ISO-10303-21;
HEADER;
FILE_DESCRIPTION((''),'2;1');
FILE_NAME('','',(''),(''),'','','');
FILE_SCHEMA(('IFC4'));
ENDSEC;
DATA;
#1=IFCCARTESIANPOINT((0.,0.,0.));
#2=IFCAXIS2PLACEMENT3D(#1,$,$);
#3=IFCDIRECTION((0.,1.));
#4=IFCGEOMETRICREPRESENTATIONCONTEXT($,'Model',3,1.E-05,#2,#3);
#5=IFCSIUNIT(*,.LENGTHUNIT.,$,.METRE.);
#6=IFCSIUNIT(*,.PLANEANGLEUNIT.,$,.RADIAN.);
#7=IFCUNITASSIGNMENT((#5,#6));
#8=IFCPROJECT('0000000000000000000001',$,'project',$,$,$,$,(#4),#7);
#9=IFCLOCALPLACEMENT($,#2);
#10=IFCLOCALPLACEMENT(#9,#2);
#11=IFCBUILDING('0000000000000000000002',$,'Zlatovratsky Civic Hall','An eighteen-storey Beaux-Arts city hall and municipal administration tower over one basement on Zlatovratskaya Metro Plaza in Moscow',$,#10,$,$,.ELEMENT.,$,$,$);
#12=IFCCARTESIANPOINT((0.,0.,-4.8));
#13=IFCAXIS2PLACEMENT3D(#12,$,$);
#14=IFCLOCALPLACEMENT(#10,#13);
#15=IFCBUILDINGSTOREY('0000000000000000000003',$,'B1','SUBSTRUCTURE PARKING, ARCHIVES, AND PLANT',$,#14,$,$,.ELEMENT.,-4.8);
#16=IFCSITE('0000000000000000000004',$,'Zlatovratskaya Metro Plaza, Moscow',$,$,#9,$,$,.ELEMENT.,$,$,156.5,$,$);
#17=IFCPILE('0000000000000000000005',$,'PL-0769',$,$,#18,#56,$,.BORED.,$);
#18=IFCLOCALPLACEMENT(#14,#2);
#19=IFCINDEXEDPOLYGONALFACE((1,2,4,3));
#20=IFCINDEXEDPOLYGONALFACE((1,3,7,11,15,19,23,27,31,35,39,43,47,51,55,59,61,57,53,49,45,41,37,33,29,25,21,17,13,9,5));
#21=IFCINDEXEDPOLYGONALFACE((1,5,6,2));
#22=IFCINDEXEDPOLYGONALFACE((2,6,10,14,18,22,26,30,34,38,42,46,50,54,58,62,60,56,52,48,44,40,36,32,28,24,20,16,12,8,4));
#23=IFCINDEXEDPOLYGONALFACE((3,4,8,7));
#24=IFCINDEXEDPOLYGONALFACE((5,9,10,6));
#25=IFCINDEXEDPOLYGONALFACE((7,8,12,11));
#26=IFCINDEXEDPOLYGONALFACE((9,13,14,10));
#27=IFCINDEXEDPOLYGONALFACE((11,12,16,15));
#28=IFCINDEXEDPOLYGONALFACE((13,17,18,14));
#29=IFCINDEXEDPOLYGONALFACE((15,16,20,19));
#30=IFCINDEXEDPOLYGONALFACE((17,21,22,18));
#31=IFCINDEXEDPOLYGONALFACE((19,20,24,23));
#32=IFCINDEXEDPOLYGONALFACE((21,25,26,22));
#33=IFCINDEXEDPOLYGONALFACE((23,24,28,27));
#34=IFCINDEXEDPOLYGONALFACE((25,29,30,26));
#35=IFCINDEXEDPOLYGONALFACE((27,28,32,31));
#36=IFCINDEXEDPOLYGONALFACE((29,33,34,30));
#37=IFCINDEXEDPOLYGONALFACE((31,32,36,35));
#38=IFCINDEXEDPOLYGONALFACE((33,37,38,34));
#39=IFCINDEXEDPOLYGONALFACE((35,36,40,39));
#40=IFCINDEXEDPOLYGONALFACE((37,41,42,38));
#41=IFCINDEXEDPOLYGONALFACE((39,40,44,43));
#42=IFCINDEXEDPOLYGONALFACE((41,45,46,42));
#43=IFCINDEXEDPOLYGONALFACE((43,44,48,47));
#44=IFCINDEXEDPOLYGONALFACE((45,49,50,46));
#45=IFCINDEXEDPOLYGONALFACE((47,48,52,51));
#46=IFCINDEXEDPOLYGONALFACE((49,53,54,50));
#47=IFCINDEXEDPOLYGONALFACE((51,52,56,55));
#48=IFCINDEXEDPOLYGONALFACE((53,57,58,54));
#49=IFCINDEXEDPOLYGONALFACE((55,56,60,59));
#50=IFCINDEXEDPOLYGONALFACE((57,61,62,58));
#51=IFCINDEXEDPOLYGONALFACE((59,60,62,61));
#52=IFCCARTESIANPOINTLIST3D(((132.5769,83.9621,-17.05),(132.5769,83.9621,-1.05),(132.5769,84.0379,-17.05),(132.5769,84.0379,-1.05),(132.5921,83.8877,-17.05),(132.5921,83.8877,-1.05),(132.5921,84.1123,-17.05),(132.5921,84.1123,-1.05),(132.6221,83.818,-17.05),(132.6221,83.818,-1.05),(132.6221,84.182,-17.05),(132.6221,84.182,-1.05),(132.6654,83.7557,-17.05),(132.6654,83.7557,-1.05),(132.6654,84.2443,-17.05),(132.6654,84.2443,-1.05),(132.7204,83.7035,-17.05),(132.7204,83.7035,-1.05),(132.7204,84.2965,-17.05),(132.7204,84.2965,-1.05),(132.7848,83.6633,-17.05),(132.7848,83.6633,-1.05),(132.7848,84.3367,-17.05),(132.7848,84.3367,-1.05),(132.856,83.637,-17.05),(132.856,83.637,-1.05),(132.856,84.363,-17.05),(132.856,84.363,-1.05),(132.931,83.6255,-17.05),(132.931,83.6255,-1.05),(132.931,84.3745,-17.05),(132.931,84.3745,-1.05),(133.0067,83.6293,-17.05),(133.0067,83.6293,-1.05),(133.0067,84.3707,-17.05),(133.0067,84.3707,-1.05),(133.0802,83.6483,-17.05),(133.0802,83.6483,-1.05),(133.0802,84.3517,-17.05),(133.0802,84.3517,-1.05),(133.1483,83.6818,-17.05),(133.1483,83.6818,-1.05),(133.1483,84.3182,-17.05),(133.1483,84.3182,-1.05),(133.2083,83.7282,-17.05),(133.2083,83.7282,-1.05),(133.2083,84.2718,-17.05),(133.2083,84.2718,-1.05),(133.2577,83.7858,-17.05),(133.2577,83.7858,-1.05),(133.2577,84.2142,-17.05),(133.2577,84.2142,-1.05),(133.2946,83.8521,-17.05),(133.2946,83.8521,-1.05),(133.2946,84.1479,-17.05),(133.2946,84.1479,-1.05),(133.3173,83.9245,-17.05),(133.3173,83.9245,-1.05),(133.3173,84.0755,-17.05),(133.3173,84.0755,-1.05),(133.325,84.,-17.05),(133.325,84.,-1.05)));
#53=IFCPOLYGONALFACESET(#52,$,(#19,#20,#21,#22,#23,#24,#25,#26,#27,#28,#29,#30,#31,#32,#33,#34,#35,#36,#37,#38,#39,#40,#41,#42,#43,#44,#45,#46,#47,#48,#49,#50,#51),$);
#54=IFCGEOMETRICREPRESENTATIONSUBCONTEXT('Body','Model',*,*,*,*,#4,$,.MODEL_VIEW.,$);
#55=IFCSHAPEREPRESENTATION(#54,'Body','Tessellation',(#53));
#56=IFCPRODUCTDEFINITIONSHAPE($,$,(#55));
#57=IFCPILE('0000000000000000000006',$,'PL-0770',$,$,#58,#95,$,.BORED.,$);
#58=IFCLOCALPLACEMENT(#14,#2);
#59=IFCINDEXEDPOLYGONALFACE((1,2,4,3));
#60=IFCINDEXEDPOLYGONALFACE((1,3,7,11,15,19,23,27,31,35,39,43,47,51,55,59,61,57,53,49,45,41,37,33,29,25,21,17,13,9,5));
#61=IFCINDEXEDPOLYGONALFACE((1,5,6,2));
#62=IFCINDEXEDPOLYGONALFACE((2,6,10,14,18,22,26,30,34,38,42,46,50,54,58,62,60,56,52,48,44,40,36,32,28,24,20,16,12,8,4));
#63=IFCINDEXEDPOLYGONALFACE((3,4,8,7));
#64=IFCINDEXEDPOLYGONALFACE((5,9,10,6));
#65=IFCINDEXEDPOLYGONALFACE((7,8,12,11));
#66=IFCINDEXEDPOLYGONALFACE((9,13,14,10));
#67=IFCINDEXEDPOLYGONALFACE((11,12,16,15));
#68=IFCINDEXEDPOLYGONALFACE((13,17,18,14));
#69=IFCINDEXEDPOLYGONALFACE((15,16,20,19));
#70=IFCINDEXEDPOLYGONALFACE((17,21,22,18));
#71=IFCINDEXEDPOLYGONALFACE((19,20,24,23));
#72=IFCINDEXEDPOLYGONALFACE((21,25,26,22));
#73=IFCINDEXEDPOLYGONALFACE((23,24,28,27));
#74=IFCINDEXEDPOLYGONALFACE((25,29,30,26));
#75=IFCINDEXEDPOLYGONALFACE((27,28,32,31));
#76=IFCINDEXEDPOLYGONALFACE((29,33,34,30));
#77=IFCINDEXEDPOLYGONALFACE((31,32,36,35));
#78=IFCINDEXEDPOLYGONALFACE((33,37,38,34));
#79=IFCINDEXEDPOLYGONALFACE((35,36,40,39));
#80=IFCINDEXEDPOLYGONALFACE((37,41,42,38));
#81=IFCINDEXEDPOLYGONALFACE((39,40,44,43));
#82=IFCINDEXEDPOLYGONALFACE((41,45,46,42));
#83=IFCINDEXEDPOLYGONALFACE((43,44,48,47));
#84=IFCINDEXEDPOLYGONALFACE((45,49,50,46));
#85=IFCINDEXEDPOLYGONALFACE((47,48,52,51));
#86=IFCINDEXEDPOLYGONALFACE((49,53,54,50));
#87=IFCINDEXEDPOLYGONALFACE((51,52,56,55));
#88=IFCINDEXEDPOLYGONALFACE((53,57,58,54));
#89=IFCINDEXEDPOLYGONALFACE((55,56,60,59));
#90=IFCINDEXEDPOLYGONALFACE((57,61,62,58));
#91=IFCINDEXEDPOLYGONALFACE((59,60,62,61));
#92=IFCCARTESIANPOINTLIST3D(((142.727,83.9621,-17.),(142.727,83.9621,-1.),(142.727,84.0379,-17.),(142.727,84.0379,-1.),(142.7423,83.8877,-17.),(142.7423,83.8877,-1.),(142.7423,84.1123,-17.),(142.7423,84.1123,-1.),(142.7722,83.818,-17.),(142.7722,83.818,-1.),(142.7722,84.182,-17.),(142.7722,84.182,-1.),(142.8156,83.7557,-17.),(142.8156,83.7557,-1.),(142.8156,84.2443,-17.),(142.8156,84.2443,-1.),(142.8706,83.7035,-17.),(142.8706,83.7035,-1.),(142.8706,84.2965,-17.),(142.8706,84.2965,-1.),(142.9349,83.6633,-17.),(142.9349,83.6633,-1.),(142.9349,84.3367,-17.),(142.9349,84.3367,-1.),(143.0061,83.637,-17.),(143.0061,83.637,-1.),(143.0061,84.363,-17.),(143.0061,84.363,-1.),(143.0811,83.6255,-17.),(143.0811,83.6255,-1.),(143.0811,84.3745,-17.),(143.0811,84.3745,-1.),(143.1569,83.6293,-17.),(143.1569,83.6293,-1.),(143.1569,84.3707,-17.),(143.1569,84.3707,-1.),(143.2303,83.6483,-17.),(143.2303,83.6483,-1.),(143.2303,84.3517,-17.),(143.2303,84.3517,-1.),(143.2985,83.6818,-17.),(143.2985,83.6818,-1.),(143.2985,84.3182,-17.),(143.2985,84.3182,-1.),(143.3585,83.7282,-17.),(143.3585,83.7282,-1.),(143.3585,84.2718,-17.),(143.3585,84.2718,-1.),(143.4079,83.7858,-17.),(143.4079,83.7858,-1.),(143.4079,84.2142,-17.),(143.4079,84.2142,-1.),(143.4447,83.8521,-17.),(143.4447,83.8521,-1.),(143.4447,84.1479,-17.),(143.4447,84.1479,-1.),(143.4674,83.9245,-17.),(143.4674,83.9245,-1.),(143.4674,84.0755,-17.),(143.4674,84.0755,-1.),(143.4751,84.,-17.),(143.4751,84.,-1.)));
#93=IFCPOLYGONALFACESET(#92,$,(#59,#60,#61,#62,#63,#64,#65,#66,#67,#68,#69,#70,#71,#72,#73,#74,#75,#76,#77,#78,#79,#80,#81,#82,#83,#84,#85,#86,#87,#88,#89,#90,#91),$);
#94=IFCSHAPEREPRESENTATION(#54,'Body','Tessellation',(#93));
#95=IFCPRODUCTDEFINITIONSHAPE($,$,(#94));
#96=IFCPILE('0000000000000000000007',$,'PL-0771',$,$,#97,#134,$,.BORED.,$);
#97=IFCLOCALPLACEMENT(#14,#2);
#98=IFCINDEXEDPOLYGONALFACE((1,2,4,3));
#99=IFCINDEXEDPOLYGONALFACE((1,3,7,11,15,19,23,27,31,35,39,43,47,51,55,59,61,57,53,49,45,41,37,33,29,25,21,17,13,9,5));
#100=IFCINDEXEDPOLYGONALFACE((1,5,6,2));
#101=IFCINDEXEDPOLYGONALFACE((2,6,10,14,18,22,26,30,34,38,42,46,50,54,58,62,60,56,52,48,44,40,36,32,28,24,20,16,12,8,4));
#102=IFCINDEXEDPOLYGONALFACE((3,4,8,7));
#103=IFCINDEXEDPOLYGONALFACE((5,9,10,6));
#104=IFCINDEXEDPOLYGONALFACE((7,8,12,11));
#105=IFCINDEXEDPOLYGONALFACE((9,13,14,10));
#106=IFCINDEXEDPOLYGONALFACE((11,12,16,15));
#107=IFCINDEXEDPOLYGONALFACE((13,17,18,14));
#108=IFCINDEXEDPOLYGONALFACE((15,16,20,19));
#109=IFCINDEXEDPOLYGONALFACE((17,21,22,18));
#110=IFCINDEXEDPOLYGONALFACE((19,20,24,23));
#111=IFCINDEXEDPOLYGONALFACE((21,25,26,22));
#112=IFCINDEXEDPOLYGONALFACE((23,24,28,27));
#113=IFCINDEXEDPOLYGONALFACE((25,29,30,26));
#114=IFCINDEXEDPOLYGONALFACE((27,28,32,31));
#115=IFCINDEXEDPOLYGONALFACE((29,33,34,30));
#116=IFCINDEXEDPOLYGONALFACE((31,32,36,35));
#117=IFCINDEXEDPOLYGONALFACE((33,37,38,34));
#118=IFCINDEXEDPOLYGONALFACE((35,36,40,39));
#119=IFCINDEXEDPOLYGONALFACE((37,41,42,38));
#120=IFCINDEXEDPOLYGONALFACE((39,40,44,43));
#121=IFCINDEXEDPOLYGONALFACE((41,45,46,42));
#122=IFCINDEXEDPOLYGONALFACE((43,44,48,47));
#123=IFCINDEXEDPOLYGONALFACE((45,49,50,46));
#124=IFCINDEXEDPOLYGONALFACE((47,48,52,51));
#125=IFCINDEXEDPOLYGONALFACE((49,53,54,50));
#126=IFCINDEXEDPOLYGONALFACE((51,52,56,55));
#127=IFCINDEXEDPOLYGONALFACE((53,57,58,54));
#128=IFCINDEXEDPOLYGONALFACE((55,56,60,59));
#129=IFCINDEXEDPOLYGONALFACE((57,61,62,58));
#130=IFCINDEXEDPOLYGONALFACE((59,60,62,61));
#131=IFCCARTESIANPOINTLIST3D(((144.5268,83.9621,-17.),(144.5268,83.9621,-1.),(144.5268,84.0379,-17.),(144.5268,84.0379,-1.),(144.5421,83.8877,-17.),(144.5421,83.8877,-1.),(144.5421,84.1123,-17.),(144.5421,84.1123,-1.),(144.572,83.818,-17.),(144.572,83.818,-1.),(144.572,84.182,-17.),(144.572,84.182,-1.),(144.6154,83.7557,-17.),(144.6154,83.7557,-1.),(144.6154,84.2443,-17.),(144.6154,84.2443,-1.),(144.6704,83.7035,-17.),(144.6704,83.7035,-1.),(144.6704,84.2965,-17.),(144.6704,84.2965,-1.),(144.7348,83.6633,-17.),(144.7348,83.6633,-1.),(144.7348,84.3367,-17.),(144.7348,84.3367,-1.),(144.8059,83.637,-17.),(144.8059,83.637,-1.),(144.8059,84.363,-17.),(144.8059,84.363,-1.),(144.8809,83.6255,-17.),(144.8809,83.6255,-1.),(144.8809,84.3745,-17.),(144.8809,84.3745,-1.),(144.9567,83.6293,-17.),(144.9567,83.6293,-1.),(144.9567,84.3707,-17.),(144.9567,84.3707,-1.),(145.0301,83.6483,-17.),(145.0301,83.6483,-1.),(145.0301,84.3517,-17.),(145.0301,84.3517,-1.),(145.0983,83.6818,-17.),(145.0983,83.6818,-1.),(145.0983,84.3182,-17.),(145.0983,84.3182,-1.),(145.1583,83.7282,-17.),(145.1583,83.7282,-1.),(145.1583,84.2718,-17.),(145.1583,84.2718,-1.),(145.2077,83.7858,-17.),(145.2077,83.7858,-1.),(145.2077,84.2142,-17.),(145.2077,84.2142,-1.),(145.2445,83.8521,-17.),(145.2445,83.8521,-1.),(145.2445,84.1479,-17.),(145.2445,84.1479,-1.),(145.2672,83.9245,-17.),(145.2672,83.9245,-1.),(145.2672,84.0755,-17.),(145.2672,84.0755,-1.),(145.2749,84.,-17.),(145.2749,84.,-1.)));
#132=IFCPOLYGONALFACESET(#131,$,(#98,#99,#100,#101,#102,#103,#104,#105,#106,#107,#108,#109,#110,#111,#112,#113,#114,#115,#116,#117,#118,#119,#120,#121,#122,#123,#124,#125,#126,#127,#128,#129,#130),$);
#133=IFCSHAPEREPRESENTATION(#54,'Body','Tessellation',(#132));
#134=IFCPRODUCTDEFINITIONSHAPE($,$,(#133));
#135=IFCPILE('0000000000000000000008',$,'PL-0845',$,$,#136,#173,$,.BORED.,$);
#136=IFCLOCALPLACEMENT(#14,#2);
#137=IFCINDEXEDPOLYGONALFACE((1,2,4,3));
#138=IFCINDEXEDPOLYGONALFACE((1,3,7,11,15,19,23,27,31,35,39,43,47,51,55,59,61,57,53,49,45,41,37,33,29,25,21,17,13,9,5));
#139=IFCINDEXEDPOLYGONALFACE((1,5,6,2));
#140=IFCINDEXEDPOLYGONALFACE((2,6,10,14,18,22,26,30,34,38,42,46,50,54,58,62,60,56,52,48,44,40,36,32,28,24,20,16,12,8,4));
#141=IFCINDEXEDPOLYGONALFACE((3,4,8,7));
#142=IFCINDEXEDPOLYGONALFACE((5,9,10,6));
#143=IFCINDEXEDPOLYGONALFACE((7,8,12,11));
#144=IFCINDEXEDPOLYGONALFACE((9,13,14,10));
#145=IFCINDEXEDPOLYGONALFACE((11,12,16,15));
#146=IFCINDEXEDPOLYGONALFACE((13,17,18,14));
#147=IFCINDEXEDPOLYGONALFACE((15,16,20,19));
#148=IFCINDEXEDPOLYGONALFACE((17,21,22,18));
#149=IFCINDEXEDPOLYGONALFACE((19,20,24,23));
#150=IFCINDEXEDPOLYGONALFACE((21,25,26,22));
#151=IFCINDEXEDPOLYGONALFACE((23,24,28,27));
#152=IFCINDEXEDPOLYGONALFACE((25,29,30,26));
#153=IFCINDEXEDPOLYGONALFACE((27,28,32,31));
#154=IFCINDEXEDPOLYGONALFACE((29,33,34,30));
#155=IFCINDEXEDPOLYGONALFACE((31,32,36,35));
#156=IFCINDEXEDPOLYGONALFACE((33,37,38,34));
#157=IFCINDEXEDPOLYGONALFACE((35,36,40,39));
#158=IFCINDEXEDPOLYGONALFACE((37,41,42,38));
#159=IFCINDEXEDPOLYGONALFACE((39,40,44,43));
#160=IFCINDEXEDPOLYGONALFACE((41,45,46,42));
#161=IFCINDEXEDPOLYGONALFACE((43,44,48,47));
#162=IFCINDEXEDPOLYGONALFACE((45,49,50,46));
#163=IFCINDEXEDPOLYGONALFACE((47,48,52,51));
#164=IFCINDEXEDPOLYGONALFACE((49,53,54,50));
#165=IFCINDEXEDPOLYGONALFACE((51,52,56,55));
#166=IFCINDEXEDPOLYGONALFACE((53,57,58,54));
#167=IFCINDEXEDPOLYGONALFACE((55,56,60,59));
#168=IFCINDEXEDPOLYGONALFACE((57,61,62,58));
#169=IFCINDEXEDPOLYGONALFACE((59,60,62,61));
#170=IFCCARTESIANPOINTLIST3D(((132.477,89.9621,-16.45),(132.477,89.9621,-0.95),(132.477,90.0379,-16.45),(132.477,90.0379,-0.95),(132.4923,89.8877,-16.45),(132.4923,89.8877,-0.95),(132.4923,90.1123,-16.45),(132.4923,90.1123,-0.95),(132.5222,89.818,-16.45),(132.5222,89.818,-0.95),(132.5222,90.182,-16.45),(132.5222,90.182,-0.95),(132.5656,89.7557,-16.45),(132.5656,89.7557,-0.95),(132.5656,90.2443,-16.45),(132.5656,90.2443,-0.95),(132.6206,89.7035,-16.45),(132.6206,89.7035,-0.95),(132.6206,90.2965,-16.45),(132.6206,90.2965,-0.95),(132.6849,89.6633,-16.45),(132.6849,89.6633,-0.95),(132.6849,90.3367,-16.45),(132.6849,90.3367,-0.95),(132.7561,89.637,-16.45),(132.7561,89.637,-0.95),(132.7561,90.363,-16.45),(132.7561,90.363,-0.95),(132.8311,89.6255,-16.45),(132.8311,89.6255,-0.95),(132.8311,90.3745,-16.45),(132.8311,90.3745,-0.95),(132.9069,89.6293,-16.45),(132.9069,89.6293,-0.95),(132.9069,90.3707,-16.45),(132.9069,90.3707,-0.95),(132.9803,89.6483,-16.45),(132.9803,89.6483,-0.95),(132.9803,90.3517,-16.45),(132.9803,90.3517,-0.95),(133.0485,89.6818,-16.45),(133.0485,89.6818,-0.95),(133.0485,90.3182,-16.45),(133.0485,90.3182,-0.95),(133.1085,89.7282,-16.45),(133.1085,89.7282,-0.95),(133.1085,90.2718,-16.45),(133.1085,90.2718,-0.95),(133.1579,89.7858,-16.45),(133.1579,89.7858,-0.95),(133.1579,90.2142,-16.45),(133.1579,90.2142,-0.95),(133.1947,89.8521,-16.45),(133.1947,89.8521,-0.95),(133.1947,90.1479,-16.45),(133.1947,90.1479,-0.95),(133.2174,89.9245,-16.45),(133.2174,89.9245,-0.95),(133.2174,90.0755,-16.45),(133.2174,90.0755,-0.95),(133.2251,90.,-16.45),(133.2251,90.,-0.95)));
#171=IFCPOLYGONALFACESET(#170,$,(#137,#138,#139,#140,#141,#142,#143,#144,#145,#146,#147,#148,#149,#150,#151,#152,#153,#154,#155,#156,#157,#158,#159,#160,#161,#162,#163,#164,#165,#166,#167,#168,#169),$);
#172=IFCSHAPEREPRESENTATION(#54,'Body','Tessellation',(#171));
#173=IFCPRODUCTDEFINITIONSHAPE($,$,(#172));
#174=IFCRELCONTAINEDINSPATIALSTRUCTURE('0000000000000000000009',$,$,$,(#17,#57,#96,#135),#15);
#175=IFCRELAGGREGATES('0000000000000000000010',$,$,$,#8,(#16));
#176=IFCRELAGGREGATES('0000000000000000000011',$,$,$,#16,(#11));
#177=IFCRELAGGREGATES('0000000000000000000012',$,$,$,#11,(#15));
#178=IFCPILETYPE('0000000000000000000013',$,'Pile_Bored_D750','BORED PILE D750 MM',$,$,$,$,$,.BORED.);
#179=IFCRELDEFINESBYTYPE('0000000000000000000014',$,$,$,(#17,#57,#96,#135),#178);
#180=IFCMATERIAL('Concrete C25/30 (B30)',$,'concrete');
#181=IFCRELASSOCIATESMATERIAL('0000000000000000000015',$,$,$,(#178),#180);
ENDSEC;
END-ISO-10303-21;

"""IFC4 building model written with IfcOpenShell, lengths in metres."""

from ifc_helpers import new_model, si_unit, direction, frame, origin, origin_2d, place, context, subcontext, project, spatial, circle, extrude, material, material_profile, profile_set, type_object, element, save


model = new_model("IFC4")

# Units and contexts
model_context = context("Model", 3, precision=1e-05, world=origin(), true_north=direction((0.0, 1.0)))
body_context = subcontext(model_context, "Body", "Model", "MODEL_VIEW")
ifc_project = project(units=[si_unit("LENGTHUNIT", "METRE"), si_unit("PLANEANGLEUNIT", "RADIAN")], contexts=[model_context])

# Site, building, storey
site_placement = place(None, origin())
site = spatial("IfcSite", under=ifc_project, at=site_placement, Name="Zlatovratskaya Metro Plaza, Moscow", CompositionType="ELEMENT", RefElevation=156.5)
building_placement = place(site_placement, origin())
building = spatial("IfcBuilding", under=site, at=building_placement, Name="Zlatovratsky Civic Hall", Description="An eighteen-storey Beaux-Arts city hall and municipal administration tower over one basement on Zlatovratskaya Metro Plaza in Moscow", CompositionType="ELEMENT")
storey_placement = place(building_placement, frame((0.0, 0.0, -4.8)))
storey = spatial("IfcBuildingStorey", under=building, at=storey_placement, Name="B1", Description="SUBSTRUCTURE PARKING, ARCHIVES, AND PLANT", CompositionType="ELEMENT", Elevation=-4.8)

# Shared definitions
ifc_material_1 = material(Name="Concrete C25/30 (B30)", Category="concrete")

# Piles
ifc_material_profile_1 = material_profile(ifc_material_1, circle(Radius=0.375, at=origin_2d()), Name="PILE D750")
ifc_profile_set_1 = profile_set([ifc_material_profile_1], Name="Concrete C25/30 (B30)")
pile_type_1 = type_object("IfcPileType", Name="Pile_Bored_D750", Description="BORED PILE D750 MM", PredefinedType="BORED", material=ifc_profile_set_1)
for number, where, z_axis, x_axis, name in (
    (1, (132.95, 84.0, -1.05), (0.0, 0.0, -1.0), (1.0, 0.0, 0.0), "PL-0769"),
    (2, (143.1001, 84.0, -1.0), (0.0, 0.0, -1.0), (1.0, 0.0, 0.0), "PL-0770"),
    (3, (144.8999, 84.0, -1.0), (0.0, 0.0, -1.0), (1.0, 0.0, 0.0), "PL-0771"),
):
    element("IfcPile", number, at=place(storey_placement, frame(where, z_axis=z_axis, x_axis=x_axis)), inside=storey, type_object=pile_type_1, Name=name, PredefinedType="BORED", context=body_context, shape_type="SweptSolid", body=[
        extrude(circle(Radius=0.375, at=origin_2d()), origin(), (0.0, 0.0, 1.0), 16.0),
    ])
pile_1_placement = place(storey_placement, frame((132.8501, 90.0, -0.95), z_axis=(0.0, 0.0, -1.0), x_axis=(1.0, 0.0, 0.0)))
element("IfcPile", 4, at=pile_1_placement, inside=storey, type_object=pile_type_1, Name="PL-0845", PredefinedType="BORED", context=body_context, shape_type="SweptSolid", body=[
    extrude(circle(Radius=0.375, at=origin_2d()), origin(), (0.0, 0.0, 1.0), 15.5),
])

save(model, "model.ifc")
